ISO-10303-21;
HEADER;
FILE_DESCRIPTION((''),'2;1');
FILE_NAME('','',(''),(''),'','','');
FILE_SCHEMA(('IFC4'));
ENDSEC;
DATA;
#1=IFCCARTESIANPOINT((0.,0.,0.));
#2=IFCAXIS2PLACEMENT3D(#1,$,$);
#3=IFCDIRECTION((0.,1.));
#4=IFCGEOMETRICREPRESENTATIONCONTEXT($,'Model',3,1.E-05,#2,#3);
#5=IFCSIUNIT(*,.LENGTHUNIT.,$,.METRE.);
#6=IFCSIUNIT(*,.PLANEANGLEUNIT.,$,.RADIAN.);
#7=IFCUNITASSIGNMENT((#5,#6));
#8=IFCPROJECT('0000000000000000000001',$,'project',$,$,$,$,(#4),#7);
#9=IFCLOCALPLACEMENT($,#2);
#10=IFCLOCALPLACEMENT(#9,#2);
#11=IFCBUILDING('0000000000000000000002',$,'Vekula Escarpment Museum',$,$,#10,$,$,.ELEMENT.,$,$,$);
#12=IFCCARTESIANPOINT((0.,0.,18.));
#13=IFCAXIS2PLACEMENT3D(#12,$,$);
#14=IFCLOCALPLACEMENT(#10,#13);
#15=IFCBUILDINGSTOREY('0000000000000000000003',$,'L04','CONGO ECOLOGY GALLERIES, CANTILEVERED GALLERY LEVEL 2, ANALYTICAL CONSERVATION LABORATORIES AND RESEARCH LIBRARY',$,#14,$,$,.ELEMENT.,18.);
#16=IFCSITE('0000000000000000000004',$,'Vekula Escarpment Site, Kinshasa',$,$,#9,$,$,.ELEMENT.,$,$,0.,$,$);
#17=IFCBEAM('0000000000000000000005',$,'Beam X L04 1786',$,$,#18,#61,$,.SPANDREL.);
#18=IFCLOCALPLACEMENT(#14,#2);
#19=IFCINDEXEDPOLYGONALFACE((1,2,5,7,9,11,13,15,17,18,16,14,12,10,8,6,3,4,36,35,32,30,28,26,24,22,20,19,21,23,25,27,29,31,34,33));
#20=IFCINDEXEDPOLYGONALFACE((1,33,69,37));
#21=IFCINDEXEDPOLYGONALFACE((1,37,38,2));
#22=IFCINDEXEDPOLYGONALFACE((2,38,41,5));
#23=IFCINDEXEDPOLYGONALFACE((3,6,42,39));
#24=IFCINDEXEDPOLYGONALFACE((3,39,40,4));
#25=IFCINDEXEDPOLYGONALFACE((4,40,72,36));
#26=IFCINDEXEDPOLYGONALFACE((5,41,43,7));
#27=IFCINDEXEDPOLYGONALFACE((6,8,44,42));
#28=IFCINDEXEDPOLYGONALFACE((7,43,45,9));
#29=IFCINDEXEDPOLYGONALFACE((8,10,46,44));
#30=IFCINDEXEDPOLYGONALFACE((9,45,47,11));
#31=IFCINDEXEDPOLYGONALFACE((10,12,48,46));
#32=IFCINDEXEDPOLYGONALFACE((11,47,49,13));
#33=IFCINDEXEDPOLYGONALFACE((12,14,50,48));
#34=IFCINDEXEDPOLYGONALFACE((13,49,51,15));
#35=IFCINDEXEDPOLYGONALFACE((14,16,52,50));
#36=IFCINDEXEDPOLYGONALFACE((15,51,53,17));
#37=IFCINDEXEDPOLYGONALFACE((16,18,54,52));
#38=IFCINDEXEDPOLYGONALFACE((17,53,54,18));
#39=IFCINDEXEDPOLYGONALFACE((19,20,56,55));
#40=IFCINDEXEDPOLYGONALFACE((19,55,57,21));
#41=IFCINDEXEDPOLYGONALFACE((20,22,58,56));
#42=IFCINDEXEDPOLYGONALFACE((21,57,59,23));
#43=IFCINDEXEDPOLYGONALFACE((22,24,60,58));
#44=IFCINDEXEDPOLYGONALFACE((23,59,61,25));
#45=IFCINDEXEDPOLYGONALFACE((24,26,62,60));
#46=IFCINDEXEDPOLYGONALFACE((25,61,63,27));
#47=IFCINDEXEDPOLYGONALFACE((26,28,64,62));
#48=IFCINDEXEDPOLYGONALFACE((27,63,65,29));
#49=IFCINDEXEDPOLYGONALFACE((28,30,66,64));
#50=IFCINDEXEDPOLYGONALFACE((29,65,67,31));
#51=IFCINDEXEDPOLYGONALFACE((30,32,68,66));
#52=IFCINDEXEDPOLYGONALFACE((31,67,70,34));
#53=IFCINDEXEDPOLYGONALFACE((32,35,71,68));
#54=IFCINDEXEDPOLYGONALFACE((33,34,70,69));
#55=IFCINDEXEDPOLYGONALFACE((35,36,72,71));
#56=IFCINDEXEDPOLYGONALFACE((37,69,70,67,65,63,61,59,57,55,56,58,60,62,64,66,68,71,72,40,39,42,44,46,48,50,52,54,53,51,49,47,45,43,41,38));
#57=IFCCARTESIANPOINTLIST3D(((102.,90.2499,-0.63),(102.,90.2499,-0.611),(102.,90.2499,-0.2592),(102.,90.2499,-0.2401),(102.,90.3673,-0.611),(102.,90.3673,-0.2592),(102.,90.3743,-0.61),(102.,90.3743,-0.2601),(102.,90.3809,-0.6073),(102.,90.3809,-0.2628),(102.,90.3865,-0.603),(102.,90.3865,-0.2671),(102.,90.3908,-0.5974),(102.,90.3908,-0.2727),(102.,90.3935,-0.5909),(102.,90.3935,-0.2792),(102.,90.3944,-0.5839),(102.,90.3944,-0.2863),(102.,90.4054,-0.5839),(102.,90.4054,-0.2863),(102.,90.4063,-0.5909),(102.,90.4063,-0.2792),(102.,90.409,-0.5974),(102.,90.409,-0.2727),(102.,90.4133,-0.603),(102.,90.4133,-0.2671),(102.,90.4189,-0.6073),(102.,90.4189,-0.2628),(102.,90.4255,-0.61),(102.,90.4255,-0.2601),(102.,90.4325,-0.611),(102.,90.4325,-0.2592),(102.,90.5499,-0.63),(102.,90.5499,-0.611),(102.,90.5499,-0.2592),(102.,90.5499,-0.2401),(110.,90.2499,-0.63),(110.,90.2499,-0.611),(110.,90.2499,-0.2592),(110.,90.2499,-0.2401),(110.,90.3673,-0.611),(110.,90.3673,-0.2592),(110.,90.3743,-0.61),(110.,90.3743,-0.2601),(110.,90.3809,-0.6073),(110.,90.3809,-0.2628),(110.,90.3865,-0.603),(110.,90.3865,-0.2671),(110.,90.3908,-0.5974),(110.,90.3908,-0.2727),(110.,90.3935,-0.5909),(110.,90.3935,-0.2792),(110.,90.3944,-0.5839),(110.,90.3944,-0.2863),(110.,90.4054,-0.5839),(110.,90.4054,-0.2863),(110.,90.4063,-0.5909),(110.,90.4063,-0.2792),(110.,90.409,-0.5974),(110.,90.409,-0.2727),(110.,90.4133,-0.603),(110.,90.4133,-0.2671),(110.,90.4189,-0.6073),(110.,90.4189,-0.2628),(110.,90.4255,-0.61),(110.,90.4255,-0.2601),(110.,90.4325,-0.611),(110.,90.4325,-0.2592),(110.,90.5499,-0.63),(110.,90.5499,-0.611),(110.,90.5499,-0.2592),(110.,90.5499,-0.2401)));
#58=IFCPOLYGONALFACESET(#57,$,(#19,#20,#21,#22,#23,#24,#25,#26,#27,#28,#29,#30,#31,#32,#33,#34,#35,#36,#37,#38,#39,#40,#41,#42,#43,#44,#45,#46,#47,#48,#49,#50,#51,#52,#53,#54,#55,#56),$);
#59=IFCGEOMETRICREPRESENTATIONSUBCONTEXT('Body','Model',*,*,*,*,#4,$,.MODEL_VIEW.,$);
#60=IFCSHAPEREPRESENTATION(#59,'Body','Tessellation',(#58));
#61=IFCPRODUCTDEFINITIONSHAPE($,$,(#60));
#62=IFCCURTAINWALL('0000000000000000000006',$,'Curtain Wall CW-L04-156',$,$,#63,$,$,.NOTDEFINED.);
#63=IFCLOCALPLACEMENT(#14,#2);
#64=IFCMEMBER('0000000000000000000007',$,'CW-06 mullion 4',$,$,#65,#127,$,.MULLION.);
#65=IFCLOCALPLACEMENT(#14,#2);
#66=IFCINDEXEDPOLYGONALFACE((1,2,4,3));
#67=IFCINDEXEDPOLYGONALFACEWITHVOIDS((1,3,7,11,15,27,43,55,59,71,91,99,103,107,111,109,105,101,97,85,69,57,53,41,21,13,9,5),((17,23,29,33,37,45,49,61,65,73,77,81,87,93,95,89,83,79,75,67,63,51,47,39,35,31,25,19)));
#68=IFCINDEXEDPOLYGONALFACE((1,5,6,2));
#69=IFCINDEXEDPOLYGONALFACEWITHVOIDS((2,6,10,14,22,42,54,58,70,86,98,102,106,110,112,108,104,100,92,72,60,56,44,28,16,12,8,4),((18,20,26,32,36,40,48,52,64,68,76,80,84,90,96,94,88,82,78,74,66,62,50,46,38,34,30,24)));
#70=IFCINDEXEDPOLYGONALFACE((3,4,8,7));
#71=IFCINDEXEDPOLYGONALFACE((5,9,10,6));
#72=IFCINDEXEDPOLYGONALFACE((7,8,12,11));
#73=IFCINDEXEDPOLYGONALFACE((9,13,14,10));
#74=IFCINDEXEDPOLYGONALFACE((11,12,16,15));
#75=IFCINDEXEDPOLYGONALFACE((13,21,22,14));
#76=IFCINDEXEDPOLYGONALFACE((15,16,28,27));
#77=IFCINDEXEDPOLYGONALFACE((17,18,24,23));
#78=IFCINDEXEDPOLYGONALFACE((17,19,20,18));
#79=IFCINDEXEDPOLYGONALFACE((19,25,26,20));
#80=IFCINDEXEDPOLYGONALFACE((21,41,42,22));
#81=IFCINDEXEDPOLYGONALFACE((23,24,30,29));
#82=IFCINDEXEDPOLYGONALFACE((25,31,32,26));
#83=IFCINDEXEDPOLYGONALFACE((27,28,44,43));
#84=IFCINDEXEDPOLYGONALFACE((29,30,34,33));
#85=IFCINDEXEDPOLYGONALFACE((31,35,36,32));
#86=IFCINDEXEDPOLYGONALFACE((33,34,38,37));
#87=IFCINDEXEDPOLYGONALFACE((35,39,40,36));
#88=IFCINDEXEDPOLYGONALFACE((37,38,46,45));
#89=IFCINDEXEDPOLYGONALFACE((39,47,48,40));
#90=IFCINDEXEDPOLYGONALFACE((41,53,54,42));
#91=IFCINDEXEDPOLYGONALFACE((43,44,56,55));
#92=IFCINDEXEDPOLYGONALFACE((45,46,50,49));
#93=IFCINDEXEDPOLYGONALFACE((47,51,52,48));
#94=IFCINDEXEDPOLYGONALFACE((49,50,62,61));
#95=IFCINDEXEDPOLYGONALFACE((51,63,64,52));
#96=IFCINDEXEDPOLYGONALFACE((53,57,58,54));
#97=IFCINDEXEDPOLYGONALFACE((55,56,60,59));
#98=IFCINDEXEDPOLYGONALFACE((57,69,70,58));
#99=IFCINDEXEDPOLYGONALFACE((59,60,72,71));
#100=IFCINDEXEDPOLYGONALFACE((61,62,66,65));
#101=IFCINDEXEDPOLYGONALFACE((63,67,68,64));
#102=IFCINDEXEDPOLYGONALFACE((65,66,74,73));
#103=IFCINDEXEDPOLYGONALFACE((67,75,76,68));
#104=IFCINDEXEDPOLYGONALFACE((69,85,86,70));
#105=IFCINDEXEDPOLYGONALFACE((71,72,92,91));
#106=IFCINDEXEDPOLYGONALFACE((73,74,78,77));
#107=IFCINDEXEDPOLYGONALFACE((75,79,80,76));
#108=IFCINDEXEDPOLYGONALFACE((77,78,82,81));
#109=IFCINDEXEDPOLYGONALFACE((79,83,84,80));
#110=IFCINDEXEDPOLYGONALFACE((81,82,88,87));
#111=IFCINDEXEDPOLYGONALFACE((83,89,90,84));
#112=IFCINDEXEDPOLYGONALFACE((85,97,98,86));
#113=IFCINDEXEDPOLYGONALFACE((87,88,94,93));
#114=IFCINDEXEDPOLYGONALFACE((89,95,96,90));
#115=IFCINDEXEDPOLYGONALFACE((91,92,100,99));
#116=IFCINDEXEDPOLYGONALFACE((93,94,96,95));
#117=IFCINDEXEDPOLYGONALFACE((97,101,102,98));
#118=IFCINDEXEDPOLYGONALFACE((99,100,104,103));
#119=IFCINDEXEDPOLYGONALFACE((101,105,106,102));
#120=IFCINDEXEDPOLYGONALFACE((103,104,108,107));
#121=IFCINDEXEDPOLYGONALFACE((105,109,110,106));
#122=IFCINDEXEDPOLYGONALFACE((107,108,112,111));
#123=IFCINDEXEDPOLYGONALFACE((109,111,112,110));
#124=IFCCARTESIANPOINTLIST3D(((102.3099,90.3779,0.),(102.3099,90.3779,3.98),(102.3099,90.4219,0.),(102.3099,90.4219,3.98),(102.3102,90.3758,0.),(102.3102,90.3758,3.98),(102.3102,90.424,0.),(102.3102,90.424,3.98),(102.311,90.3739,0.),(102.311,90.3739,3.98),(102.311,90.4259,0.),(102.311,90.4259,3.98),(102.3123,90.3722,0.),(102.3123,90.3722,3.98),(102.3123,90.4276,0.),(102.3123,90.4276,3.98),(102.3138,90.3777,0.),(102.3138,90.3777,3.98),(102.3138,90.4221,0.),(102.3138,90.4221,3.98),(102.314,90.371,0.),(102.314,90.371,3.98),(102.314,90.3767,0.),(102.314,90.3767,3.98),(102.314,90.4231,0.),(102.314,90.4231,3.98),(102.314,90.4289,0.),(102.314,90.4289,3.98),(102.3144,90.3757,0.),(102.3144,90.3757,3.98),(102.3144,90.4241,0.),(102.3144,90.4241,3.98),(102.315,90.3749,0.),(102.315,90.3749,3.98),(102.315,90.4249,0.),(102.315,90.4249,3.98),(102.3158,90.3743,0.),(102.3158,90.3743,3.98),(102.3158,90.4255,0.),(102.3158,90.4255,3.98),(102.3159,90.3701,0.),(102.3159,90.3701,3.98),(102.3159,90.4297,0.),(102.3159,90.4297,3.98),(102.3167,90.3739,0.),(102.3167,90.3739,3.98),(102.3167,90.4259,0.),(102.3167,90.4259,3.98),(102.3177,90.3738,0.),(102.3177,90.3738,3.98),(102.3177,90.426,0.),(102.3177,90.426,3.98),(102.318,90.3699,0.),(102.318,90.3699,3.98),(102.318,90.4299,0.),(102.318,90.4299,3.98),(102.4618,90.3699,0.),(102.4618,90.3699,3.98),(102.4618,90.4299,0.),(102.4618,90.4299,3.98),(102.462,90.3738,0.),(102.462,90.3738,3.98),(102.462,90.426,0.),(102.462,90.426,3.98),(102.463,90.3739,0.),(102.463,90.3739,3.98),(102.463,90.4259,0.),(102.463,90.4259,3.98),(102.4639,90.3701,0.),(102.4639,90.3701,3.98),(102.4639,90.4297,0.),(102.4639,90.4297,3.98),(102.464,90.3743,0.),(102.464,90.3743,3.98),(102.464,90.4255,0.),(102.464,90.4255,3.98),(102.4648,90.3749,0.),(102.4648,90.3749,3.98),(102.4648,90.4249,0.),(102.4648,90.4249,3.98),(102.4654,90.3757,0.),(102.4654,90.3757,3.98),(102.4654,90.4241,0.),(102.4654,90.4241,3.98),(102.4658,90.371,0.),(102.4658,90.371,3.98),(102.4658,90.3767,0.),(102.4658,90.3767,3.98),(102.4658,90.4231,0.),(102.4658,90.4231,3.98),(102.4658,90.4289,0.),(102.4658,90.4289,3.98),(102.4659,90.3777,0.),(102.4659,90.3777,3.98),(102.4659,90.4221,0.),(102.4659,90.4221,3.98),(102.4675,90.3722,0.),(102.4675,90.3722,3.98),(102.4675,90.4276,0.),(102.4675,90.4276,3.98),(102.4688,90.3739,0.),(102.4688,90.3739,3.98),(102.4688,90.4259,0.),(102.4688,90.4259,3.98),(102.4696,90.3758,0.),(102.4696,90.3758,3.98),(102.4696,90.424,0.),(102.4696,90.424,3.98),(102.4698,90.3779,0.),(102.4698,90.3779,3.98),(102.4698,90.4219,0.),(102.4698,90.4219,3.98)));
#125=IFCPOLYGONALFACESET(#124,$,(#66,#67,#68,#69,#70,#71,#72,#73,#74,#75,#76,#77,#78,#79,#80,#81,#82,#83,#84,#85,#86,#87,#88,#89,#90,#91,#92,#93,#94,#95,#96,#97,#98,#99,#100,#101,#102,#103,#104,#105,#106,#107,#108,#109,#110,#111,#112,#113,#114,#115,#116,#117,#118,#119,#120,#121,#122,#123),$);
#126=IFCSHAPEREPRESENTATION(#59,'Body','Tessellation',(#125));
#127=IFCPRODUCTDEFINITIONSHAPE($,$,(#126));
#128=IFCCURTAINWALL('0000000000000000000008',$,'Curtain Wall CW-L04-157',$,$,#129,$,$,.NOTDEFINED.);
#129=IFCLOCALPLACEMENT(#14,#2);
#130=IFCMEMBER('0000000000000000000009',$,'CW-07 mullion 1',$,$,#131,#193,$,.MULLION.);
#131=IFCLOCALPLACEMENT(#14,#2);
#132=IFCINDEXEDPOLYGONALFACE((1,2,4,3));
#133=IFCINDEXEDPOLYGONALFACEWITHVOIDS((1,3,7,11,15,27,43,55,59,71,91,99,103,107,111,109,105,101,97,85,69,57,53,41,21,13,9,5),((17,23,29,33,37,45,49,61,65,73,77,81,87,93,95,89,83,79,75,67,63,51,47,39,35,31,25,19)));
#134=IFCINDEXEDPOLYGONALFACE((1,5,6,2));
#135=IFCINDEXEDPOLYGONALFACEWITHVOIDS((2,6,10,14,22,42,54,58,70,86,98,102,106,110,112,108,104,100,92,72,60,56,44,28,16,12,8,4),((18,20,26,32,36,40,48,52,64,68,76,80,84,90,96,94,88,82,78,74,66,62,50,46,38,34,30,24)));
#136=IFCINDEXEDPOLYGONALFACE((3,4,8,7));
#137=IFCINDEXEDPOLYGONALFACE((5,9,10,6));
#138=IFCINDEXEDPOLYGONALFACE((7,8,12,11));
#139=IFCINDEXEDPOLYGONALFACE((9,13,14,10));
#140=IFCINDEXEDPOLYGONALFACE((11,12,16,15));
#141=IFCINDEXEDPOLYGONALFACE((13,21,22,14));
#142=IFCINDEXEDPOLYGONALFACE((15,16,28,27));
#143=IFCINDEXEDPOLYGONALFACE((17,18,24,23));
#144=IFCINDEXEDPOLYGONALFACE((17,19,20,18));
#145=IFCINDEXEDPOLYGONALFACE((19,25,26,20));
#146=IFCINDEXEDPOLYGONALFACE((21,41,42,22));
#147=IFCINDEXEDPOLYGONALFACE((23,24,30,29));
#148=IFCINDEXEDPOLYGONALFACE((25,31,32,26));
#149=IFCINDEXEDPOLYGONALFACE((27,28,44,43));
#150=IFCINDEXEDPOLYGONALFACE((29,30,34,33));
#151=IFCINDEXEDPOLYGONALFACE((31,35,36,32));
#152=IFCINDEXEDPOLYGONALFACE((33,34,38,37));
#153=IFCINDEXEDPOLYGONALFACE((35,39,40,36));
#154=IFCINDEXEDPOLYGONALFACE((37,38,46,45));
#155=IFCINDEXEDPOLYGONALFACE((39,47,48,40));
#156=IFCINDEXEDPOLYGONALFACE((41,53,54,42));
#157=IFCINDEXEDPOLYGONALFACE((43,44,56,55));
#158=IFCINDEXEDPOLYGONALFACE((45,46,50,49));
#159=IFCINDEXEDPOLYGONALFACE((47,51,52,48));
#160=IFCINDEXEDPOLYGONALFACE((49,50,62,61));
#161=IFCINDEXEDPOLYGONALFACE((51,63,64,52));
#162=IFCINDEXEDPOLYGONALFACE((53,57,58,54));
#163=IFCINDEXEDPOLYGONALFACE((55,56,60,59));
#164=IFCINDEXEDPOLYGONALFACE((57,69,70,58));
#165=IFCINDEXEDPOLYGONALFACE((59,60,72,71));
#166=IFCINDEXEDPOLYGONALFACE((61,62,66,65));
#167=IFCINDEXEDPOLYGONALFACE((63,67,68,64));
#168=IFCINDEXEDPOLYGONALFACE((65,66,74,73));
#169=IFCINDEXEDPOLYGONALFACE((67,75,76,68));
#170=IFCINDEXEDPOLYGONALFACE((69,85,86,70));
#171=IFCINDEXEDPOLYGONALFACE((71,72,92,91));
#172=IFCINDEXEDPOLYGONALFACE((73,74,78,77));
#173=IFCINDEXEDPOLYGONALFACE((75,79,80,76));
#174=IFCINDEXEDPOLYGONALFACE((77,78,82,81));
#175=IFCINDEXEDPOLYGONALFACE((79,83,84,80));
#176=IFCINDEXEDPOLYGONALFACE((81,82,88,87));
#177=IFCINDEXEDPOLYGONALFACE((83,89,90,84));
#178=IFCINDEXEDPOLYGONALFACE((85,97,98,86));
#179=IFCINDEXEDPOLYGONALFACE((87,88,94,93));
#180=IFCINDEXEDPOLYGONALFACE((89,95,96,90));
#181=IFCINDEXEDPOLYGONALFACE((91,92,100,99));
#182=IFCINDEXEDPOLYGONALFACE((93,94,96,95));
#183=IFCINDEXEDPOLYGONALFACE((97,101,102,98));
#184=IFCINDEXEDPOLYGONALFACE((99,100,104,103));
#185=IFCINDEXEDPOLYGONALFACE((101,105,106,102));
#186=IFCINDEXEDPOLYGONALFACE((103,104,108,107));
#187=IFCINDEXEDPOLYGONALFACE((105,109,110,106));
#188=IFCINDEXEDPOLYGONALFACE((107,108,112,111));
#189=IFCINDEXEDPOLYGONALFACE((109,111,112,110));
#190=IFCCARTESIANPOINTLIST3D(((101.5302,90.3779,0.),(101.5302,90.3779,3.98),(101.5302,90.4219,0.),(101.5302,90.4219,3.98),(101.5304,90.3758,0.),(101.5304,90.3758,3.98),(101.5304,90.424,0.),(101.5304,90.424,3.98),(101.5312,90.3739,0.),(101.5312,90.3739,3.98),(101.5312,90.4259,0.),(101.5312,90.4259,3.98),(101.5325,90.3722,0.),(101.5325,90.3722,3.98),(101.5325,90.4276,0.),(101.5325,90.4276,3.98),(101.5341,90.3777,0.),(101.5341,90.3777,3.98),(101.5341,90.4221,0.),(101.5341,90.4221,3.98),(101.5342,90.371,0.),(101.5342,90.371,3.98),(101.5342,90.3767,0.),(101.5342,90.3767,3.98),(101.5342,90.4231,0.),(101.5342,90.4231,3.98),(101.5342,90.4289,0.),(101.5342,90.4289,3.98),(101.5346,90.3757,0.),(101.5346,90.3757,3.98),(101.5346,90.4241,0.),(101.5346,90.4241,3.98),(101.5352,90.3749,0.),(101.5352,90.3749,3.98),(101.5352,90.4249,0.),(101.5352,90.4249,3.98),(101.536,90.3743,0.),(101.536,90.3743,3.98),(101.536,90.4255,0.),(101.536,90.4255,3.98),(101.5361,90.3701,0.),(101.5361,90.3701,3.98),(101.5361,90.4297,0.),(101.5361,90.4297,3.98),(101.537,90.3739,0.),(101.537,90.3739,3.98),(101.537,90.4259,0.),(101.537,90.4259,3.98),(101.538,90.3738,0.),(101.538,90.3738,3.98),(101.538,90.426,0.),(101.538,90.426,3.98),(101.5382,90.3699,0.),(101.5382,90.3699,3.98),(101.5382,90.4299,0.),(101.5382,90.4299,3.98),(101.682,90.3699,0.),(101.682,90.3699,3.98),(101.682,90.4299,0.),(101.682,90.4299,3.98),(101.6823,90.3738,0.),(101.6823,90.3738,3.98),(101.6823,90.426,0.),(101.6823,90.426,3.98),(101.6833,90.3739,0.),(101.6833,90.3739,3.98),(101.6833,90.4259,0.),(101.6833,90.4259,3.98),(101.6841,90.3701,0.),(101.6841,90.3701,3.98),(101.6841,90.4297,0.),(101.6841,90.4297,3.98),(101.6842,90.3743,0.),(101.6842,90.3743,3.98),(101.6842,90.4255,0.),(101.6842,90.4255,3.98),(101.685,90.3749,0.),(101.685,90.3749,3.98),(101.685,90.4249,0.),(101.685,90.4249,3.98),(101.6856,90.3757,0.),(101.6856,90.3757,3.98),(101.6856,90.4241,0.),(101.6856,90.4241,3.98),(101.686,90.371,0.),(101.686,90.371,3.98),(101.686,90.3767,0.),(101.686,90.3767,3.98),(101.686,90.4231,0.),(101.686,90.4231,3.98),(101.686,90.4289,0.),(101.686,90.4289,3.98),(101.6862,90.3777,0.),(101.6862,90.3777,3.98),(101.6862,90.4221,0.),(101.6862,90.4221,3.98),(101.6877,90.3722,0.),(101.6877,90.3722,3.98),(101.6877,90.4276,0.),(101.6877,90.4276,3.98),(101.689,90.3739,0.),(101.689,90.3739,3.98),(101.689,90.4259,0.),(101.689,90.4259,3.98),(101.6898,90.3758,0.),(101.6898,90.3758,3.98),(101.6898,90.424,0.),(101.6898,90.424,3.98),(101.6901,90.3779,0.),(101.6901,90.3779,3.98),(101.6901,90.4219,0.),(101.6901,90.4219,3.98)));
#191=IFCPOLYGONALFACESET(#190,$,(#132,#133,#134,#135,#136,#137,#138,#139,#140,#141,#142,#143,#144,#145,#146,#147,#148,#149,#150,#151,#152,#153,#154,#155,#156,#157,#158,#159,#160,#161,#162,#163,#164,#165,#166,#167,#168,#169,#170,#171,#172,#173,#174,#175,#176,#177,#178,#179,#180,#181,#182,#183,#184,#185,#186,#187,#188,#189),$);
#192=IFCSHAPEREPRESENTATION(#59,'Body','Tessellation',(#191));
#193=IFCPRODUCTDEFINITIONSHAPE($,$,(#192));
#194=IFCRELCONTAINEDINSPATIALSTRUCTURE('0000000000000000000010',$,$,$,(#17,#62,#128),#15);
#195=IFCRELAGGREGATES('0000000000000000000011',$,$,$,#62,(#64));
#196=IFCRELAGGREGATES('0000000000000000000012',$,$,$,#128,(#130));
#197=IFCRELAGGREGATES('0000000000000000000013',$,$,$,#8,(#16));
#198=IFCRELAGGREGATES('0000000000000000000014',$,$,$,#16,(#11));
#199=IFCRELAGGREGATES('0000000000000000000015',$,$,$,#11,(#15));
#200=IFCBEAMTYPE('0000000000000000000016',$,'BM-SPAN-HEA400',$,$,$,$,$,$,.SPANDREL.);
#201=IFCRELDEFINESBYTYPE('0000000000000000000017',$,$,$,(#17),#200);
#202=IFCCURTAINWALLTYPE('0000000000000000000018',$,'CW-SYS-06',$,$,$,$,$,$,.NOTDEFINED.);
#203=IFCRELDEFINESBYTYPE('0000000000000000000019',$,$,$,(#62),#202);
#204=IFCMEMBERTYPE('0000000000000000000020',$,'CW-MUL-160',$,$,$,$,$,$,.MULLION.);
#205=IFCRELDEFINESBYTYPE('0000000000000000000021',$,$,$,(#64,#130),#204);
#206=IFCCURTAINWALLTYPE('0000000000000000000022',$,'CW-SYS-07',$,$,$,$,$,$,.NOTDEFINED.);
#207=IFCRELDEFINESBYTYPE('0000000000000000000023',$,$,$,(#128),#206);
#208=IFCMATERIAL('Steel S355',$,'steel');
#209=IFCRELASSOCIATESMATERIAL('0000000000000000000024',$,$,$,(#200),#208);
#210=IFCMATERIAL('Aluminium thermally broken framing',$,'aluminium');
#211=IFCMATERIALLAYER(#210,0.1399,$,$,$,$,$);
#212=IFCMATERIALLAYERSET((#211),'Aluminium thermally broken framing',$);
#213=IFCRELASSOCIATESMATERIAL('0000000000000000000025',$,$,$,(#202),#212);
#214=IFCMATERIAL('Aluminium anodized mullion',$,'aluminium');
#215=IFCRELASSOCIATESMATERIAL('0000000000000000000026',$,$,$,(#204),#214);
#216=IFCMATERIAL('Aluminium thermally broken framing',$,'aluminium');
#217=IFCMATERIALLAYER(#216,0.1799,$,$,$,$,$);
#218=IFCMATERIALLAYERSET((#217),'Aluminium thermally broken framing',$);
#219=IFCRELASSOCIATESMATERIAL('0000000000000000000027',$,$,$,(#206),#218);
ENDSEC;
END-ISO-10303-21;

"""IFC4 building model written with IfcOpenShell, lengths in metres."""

from ifc_helpers import new_model, si_unit, direction, frame, origin, origin_2d, place, context, subcontext, project, spatial, hollow_rectangle, i_section, extrude, material, layer, layer_set, material_profile, profile_set, type_object, element, aggregate, save


model = new_model("IFC4")

# Units and contexts
model_context = context("Model", 3, precision=1e-05, world=origin(), true_north=direction((0.0, 1.0)))
body_context = subcontext(model_context, "Body", "Model", "MODEL_VIEW")
ifc_project = project(units=[si_unit("LENGTHUNIT", "METRE"), si_unit("PLANEANGLEUNIT", "RADIAN")], contexts=[model_context])

# Site, building, storey
site_placement = place(None, origin())
site = spatial("IfcSite", under=ifc_project, at=site_placement, Name="Vekula Escarpment Site, Kinshasa", CompositionType="ELEMENT", RefElevation=0.0)
building_placement = place(site_placement, origin())
building = spatial("IfcBuilding", under=site, at=building_placement, Name="Vekula Escarpment Museum", CompositionType="ELEMENT")
storey_placement = place(building_placement, frame((0.0, 0.0, 18.0)))
storey = spatial("IfcBuildingStorey", under=building, at=storey_placement, Name="L04", Description="CONGO ECOLOGY GALLERIES, CANTILEVERED GALLERY LEVEL 2, ANALYTICAL CONSERVATION LABORATORIES AND RESEARCH LIBRARY", CompositionType="ELEMENT", Elevation=18.0)

# Beam
ifc_material_1 = material(Name="Steel S355", Category="steel")
ifc_material_profile_1 = material_profile(ifc_material_1, i_section(OverallWidth=0.3, OverallDepth=0.3899, WebThickness=0.011, FlangeThickness=0.019, FilletRadius=0.0271, at=origin_2d()), Name="HEA 400")
ifc_profile_set_1 = profile_set([ifc_material_profile_1], Name="Steel S355")
beam_type_1 = type_object("IfcBeamType", Name="BM-SPAN-HEA400", PredefinedType="SPANDREL", material=ifc_profile_set_1)
for number, where, z_axis, x_axis, name in (
    (1, (102.0, 90.3999, -0.4351), (1.0, 0.0, 0.0), (0.0, 1.0, 0.0), "Beam X L04 1786"),
):
    element("IfcBeam", number, at=place(storey_placement, frame(where, z_axis=z_axis, x_axis=x_axis)), inside=storey, type_object=beam_type_1, Name=name, PredefinedType="SPANDREL", context=body_context, shape_type="SweptSolid", body=[
        extrude(i_section(OverallWidth=0.3, OverallDepth=0.3899, WebThickness=0.011, FlangeThickness=0.019, FilletRadius=0.0271, at=origin_2d()), origin(), (0.0, 0.0, 1.0), 8.0),
    ])

# Curtain wall, member
ifc_material_2 = material(Name="Aluminium thermally broken framing", Category="aluminium")
ifc_layer_1 = layer(ifc_material_2, 0.1399)
ifc_layer_set_1 = layer_set([ifc_layer_1], Name="Aluminium thermally broken framing")
curtain_wall_type_1 = type_object("IfcCurtainWallType", Name="CW-SYS-06", PredefinedType="NOTDEFINED", material=ifc_layer_set_1)
curtain_wall_1_placement = place(storey_placement, origin())
curtain_wall_1 = element("IfcCurtainWall", 2, at=curtain_wall_1_placement, inside=storey, type_object=curtain_wall_type_1, Name="Curtain Wall CW-L04-156", PredefinedType="NOTDEFINED")
ifc_material_3 = material(Name="Aluminium anodized mullion", Category="aluminium")
ifc_material_profile_2 = material_profile(ifc_material_3, hollow_rectangle(XDim=0.0601, YDim=0.1599, WallThickness=0.0039, InnerFilletRadius=0.0039, OuterFilletRadius=0.0081, at=origin_2d()), Name="ALU 160x60x4")
ifc_profile_set_2 = profile_set([ifc_material_profile_2], Name="Aluminium anodized mullion")
member_type_1 = type_object("IfcMemberType", Name="CW-MUL-160", PredefinedType="MULLION", material=ifc_profile_set_2)
member_1_placement = place(storey_placement, frame((102.3899, 90.3999, 0.0), z_axis=(0.0, 0.0, 1.0), x_axis=(0.0, -1.0, 0.0)))
member_1 = element("IfcMember", 3, at=member_1_placement, type_object=member_type_1, Name="CW-06 mullion 4", PredefinedType="MULLION", context=body_context, shape_type="SweptSolid", body=[
    extrude(hollow_rectangle(XDim=0.0601, YDim=0.1599, WallThickness=0.0039, InnerFilletRadius=0.0039, OuterFilletRadius=0.0081, at=origin_2d()), origin(), (0.0, 0.0, 1.0), 3.98),
])
aggregate(curtain_wall_1, [member_1])

# Curtain wall, member
ifc_material_4 = material(Name="Aluminium thermally broken framing", Category="aluminium")
ifc_layer_2 = layer(ifc_material_4, 0.1799)
ifc_layer_set_2 = layer_set([ifc_layer_2], Name="Aluminium thermally broken framing")
curtain_wall_type_2 = type_object("IfcCurtainWallType", Name="CW-SYS-07", PredefinedType="NOTDEFINED", material=ifc_layer_set_2)
curtain_wall_2_placement = place(storey_placement, origin())
curtain_wall_2 = element("IfcCurtainWall", 4, at=curtain_wall_2_placement, inside=storey, type_object=curtain_wall_type_2, Name="Curtain Wall CW-L04-157", PredefinedType="NOTDEFINED")
member_2_placement = place(storey_placement, frame((101.6101, 90.3999, 0.0), z_axis=(0.0, 0.0, 1.0), x_axis=(0.0, -1.0, 0.0)))
member_2 = element("IfcMember", 5, at=member_2_placement, type_object=member_type_1, Name="CW-07 mullion 1", PredefinedType="MULLION", context=body_context, shape_type="SweptSolid", body=[
    extrude(hollow_rectangle(XDim=0.0601, YDim=0.1599, WallThickness=0.0039, InnerFilletRadius=0.0039, OuterFilletRadius=0.0081, at=origin_2d()), origin(), (0.0, 0.0, 1.0), 3.98),
])
aggregate(curtain_wall_2, [member_2])

save(model, "model.ifc")
